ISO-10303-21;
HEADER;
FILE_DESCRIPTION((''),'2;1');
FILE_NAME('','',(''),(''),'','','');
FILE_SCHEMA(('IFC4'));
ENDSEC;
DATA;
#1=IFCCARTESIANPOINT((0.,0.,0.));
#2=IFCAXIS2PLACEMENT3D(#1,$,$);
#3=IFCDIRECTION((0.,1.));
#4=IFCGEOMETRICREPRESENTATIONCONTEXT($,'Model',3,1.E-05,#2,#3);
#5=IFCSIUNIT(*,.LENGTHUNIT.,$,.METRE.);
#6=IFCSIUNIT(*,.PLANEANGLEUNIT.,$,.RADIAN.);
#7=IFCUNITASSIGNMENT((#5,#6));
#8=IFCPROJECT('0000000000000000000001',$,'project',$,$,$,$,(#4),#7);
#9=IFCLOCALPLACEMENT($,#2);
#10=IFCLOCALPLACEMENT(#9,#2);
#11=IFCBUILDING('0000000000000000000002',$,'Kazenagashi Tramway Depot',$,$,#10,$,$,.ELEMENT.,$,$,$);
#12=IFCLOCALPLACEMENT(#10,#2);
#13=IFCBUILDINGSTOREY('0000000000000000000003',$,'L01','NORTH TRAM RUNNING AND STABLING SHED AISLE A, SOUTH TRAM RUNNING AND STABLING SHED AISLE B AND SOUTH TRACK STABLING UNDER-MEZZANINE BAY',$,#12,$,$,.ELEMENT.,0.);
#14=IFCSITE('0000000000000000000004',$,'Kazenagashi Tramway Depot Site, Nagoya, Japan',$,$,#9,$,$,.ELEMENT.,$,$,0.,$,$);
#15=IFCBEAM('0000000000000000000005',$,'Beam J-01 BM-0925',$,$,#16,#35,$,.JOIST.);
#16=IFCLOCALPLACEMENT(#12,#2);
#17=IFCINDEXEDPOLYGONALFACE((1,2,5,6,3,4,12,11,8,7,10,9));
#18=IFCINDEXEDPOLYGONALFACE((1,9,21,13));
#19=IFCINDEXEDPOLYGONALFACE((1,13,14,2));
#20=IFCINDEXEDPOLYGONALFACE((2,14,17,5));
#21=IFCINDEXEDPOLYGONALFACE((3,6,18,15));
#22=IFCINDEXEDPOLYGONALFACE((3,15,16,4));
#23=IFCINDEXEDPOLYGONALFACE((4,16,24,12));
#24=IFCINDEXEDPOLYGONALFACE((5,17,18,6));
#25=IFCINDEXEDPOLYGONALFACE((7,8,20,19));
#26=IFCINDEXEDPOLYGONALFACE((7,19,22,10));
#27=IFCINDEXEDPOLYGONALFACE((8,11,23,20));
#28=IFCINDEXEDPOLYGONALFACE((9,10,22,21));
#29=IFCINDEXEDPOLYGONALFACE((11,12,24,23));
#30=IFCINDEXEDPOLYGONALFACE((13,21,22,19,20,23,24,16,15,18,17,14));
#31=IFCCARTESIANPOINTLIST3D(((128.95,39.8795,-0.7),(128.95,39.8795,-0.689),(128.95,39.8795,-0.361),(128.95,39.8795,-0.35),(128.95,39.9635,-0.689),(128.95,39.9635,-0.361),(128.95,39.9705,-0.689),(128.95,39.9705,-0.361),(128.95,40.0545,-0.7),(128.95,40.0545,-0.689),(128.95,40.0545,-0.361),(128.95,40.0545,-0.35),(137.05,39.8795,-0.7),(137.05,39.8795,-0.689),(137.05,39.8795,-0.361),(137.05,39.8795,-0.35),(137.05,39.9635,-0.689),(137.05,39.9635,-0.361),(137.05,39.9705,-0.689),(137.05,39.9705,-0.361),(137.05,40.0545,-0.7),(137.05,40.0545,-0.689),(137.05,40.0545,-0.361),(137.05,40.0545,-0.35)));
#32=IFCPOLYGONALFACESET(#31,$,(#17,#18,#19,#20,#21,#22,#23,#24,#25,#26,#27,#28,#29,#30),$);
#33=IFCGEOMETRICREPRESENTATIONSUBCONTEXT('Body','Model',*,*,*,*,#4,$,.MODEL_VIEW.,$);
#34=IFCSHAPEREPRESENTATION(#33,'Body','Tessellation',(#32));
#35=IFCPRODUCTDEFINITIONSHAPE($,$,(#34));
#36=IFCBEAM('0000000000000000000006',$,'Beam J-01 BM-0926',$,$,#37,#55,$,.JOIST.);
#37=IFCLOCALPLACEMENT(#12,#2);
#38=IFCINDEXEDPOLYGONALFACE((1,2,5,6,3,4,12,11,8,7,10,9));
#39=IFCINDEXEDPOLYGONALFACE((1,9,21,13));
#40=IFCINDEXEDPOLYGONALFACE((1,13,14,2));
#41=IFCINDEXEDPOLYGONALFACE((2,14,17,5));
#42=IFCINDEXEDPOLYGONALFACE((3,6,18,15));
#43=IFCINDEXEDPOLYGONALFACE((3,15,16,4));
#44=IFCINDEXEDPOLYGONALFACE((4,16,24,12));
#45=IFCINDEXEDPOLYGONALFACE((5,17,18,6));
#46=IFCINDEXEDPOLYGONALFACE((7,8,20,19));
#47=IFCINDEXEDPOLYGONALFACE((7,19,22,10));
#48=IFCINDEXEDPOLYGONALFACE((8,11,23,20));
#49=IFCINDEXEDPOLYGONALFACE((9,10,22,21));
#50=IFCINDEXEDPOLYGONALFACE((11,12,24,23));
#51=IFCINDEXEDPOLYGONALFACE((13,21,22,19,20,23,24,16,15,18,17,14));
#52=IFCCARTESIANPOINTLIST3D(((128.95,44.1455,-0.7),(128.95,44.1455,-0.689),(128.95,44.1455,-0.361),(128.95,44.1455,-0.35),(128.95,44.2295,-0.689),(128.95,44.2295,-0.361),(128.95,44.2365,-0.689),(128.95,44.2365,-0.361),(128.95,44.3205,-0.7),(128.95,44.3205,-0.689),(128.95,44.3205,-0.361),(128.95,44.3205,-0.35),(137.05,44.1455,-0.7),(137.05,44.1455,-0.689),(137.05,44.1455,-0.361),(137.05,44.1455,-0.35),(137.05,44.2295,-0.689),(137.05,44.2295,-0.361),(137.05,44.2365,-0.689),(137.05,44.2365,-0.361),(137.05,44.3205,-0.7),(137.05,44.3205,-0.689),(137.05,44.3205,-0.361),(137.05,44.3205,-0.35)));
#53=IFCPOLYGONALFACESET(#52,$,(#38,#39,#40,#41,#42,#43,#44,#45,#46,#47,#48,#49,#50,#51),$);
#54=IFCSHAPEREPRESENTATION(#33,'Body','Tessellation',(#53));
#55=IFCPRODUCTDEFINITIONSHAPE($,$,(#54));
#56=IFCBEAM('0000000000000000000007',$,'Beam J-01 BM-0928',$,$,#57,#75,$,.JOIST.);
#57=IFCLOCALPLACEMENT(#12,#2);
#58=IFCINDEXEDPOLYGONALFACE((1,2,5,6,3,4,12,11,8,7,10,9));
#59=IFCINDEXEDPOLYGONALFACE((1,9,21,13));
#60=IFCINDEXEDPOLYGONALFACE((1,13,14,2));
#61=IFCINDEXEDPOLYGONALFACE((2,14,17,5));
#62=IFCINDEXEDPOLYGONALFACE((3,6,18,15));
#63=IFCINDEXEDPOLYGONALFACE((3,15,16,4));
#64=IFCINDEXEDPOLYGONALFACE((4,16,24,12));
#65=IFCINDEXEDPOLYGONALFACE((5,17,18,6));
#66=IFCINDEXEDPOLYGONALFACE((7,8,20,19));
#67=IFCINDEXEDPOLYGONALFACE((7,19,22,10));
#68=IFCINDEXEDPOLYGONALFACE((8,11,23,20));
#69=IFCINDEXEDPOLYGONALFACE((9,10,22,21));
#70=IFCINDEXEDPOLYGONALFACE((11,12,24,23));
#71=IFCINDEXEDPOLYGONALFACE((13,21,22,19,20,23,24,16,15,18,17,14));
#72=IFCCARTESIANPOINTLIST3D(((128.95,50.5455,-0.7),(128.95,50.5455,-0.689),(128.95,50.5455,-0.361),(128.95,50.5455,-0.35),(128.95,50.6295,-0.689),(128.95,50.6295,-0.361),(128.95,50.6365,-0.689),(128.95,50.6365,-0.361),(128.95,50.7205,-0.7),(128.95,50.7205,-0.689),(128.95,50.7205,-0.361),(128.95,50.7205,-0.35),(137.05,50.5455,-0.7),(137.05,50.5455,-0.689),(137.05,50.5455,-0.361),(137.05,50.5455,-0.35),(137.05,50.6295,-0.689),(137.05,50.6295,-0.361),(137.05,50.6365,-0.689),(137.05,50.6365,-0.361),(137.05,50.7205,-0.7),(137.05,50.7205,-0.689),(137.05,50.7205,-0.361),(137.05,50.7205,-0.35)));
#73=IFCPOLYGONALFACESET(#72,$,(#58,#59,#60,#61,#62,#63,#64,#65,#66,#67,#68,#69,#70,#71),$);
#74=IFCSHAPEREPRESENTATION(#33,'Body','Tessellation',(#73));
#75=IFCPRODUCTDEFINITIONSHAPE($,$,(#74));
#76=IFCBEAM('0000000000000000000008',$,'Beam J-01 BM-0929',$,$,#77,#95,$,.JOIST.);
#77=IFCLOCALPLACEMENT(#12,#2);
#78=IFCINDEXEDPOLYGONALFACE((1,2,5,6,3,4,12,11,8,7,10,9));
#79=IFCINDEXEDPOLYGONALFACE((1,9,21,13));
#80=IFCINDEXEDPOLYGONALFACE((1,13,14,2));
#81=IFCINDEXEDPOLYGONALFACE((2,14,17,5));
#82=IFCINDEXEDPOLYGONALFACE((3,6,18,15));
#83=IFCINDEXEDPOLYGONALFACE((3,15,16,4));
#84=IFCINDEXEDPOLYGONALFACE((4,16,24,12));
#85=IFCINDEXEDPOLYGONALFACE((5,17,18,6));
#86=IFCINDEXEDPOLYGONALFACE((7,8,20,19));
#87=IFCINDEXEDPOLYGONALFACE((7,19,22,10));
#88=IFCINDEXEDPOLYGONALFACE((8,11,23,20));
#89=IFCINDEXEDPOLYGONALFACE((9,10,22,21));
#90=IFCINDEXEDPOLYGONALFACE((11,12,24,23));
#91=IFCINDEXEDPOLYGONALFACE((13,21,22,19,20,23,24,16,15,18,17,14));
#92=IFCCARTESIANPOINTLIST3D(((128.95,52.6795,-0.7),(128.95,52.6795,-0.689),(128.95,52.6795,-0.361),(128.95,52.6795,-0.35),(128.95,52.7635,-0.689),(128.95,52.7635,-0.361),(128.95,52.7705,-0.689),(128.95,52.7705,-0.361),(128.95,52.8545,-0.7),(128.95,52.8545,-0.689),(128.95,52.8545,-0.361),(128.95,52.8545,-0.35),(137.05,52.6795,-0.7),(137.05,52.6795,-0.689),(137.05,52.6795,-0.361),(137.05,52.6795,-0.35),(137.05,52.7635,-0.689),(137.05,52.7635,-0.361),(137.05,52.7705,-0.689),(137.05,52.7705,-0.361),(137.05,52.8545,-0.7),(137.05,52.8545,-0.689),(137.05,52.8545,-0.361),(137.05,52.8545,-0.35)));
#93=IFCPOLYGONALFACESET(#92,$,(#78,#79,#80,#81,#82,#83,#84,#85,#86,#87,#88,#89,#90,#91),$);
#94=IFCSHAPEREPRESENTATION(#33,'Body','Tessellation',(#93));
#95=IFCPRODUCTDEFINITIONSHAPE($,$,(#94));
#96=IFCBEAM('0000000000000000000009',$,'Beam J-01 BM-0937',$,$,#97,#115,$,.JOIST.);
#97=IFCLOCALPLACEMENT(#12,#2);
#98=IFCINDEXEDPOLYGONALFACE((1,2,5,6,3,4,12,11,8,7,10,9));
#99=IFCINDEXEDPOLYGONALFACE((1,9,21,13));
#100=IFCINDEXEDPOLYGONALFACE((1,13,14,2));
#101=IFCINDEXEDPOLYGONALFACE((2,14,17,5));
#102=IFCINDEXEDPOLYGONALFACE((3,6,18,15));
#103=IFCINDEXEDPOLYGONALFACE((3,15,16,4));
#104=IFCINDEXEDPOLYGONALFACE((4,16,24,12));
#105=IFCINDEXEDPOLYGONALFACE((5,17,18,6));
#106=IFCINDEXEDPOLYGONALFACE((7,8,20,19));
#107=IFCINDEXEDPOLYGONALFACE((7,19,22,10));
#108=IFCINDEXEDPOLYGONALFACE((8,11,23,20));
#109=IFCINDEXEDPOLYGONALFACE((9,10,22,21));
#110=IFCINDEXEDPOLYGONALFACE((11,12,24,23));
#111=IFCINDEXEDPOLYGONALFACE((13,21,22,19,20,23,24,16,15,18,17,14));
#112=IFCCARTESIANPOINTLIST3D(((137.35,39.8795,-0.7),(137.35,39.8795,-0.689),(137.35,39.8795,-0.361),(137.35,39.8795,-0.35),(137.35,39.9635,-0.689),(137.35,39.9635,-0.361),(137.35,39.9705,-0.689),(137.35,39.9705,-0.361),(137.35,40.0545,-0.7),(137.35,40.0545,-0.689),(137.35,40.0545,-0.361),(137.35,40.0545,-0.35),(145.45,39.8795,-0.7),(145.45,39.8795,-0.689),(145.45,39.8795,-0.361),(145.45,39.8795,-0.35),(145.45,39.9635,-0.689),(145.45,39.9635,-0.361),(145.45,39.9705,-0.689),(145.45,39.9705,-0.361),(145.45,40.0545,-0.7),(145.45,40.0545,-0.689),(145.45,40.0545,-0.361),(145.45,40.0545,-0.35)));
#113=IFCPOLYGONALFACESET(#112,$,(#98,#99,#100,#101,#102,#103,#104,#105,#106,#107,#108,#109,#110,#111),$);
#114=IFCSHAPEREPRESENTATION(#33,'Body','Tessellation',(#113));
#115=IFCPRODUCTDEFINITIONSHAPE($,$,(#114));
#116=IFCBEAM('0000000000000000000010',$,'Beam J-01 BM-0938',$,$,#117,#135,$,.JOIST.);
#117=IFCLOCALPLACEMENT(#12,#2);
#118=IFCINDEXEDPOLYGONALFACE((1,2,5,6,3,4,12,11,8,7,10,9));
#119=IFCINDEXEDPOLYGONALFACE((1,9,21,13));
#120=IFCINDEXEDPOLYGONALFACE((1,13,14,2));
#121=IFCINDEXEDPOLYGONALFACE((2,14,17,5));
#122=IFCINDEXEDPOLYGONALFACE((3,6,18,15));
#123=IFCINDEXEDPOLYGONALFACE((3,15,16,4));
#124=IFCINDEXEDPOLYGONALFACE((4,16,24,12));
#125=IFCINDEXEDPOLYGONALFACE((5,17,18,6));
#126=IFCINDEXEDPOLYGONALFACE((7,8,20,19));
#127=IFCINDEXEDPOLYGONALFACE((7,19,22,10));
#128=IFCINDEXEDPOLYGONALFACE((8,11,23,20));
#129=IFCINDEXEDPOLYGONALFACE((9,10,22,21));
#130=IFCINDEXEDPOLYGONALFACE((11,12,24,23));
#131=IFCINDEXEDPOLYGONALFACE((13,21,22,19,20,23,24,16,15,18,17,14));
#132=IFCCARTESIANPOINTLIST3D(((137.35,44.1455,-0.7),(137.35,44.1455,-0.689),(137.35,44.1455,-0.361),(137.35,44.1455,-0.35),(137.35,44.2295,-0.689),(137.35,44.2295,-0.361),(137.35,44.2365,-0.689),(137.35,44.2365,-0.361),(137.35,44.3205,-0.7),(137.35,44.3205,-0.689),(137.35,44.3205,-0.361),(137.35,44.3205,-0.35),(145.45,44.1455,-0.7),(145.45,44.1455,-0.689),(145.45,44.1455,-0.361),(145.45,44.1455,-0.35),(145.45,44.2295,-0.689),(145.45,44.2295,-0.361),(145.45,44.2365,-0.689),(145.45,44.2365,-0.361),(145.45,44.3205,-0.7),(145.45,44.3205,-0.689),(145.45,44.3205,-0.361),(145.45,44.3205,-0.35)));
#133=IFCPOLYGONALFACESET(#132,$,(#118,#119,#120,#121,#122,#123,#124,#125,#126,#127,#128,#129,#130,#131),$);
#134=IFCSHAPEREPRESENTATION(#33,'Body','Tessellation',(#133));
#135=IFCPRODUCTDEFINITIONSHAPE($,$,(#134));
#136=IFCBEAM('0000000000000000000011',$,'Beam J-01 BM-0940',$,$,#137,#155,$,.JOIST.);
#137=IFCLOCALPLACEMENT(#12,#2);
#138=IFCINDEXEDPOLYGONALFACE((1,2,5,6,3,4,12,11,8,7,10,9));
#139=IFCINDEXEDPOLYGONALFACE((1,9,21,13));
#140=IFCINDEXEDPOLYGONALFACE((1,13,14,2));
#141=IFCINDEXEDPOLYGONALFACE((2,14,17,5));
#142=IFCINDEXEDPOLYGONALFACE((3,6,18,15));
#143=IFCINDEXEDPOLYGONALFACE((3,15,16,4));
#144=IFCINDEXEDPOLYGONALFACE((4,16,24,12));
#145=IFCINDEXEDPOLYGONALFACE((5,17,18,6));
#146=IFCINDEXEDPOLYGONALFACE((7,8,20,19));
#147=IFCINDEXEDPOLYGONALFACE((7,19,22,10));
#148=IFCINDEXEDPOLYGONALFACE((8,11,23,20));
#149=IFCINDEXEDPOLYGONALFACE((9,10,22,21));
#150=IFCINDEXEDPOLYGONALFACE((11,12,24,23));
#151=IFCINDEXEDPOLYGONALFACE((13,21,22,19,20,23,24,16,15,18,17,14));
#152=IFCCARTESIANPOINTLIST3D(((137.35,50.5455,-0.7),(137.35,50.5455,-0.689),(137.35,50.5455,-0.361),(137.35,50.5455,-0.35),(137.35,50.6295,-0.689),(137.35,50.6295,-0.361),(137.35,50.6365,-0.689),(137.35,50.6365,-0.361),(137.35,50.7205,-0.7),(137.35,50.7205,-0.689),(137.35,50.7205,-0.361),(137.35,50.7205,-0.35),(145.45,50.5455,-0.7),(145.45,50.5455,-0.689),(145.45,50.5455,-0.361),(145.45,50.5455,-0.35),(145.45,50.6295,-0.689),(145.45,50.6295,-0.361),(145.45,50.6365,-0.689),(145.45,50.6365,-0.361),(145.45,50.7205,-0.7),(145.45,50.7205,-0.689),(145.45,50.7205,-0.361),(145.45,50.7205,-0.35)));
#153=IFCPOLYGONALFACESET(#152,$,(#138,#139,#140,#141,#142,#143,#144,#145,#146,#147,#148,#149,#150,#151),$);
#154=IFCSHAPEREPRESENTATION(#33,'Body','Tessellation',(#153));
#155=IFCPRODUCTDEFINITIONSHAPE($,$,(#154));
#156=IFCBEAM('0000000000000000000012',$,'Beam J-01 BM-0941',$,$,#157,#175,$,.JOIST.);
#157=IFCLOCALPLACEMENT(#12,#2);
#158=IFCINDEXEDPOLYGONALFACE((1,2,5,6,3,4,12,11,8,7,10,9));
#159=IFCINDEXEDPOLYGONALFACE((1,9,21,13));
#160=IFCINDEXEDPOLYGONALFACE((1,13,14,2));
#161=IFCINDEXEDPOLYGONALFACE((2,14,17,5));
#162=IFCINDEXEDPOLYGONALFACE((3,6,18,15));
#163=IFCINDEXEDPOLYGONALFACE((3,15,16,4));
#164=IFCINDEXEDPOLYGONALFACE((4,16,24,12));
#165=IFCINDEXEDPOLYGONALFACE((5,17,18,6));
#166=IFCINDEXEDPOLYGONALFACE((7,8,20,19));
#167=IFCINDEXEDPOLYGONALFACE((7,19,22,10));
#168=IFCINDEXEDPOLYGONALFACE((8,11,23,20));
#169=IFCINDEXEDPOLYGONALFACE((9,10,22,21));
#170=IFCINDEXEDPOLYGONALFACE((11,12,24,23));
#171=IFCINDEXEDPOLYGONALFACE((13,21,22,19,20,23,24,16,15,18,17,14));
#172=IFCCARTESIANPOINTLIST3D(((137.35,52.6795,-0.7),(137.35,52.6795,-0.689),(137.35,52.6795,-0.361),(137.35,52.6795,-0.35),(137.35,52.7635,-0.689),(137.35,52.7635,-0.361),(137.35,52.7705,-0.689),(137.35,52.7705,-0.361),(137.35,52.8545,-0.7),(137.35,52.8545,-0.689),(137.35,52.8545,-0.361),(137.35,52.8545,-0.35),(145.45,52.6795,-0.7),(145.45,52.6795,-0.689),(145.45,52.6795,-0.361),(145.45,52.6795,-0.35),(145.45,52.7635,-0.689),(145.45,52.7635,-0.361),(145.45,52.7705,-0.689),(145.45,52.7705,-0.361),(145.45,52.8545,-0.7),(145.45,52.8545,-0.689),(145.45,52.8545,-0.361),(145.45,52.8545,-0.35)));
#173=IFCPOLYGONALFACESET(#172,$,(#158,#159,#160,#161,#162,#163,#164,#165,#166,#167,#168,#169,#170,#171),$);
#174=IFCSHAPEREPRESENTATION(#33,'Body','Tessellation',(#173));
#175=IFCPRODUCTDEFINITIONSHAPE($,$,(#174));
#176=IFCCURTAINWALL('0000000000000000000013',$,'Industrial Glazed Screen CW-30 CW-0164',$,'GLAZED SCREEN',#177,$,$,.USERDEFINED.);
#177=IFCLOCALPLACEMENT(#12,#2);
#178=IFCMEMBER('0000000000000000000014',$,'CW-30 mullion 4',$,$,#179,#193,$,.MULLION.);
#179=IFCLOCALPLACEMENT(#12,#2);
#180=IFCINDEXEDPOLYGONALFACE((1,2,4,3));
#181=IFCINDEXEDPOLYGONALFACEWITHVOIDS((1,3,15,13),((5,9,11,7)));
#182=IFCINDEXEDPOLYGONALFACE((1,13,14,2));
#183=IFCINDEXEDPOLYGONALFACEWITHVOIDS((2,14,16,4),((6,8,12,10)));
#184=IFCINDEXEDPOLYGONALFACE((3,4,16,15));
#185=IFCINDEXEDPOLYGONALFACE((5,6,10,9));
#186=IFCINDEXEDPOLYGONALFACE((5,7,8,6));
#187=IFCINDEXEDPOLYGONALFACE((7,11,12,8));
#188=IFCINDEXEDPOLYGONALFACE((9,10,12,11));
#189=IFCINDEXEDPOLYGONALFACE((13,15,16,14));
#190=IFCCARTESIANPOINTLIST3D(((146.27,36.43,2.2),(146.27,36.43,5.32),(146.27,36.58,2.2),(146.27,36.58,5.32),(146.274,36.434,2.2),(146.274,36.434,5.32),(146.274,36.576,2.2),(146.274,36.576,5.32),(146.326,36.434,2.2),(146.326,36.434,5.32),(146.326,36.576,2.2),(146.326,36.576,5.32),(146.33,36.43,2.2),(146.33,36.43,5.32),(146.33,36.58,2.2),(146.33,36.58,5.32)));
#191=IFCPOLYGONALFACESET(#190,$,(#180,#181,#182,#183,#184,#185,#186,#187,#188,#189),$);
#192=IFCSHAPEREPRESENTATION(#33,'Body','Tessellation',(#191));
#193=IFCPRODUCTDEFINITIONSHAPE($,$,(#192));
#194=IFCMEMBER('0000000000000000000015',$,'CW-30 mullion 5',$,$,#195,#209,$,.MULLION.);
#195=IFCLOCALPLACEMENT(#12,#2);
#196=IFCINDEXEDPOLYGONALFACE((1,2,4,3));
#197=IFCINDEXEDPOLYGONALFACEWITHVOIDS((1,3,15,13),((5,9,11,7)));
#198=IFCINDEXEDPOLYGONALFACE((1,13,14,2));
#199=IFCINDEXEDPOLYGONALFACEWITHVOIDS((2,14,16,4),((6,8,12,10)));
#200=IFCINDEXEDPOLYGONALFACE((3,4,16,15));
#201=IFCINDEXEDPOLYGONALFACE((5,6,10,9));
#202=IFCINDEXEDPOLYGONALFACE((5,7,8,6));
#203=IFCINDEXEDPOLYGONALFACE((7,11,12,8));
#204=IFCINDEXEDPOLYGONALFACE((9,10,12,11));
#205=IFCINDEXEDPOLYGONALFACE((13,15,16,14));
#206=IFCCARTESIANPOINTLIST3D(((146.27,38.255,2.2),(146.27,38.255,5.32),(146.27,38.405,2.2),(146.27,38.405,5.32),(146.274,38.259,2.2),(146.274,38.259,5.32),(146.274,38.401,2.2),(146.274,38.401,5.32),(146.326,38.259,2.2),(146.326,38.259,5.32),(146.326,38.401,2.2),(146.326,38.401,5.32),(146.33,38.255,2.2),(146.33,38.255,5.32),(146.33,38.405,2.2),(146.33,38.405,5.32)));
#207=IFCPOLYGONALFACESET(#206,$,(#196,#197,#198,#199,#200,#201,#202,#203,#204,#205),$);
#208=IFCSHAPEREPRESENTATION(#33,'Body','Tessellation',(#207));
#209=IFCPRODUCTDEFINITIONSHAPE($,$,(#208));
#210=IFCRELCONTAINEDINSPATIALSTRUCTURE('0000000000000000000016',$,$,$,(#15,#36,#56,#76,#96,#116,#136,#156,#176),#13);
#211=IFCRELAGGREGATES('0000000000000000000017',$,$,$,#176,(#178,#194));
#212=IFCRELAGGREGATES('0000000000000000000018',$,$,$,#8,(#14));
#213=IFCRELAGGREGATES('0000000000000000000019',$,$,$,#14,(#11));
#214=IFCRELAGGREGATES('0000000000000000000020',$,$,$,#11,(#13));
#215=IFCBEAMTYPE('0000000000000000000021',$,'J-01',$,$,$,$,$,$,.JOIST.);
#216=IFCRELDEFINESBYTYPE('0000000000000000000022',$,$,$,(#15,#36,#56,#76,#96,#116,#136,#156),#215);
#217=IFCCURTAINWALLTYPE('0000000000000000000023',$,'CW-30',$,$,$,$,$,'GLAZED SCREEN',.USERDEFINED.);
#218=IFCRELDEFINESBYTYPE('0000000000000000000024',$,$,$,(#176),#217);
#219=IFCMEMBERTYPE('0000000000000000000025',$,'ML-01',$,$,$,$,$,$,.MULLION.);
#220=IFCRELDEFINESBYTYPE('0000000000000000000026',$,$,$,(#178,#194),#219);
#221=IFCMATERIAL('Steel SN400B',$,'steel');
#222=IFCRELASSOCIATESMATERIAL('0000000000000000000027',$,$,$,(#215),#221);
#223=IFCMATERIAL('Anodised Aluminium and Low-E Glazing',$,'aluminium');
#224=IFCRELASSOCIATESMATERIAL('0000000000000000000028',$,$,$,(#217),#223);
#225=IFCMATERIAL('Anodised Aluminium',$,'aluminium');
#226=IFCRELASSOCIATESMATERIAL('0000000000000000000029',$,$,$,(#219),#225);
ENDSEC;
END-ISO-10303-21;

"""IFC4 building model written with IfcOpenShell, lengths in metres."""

from ifc_helpers import new_model, si_unit, direction, frame, origin, origin_2d, place, context, subcontext, project, spatial, hollow_rectangle, i_section, extrude, material, material_profile, profile_set, type_object, element, aggregate, save


model = new_model("IFC4")

# Units and contexts
model_context = context("Model", 3, precision=1e-05, world=origin(), true_north=direction((0.0, 1.0)))
body_context = subcontext(model_context, "Body", "Model", "MODEL_VIEW")
ifc_project = project(units=[si_unit("LENGTHUNIT", "METRE"), si_unit("PLANEANGLEUNIT", "RADIAN")], contexts=[model_context])

# Site, building, storey
site_placement = place(None, origin())
site = spatial("IfcSite", under=ifc_project, at=site_placement, Name="Kazenagashi Tramway Depot Site, Nagoya, Japan", CompositionType="ELEMENT", RefElevation=0.0)
building_placement = place(site_placement, origin())
building = spatial("IfcBuilding", under=site, at=building_placement, Name="Kazenagashi Tramway Depot", CompositionType="ELEMENT")
storey_placement = place(building_placement, origin())
storey = spatial("IfcBuildingStorey", under=building, at=storey_placement, Name="L01", Description="NORTH TRAM RUNNING AND STABLING SHED AISLE A, SOUTH TRAM RUNNING AND STABLING SHED AISLE B AND SOUTH TRACK STABLING UNDER-MEZZANINE BAY", CompositionType="ELEMENT", Elevation=0.0)

# Beams
ifc_material_1 = material(Name="Steel SN400B", Category="steel")
ifc_material_profile_1 = material_profile(ifc_material_1, i_section(OverallWidth=0.175, OverallDepth=0.35, WebThickness=0.007, FlangeThickness=0.011, at=origin_2d()), Name="H-350x175x7x11")
ifc_profile_set_1 = profile_set([ifc_material_profile_1], Name="Steel SN400B")
beam_type_1 = type_object("IfcBeamType", Name="J-01", PredefinedType="JOIST", material=ifc_profile_set_1)
for number, where, z_axis, x_axis, name in (
    (1, (128.95, 39.967, -0.525), (1.0, 0.0, 0.0), (0.0, 1.0, 0.0), "Beam J-01 BM-0925"),
    (2, (128.95, 44.233, -0.525), (1.0, 0.0, 0.0), (0.0, 1.0, 0.0), "Beam J-01 BM-0926"),
    (3, (128.95, 50.633, -0.525), (1.0, 0.0, 0.0), (0.0, 1.0, 0.0), "Beam J-01 BM-0928"),
    (4, (128.95, 52.767, -0.525), (1.0, 0.0, 0.0), (0.0, 1.0, 0.0), "Beam J-01 BM-0929"),
    (5, (137.35, 39.967, -0.525), (1.0, 0.0, 0.0), (0.0, 1.0, 0.0), "Beam J-01 BM-0937"),
    (6, (137.35, 44.233, -0.525), (1.0, 0.0, 0.0), (0.0, 1.0, 0.0), "Beam J-01 BM-0938"),
    (7, (137.35, 50.633, -0.525), (1.0, 0.0, 0.0), (0.0, 1.0, 0.0), "Beam J-01 BM-0940"),
    (8, (137.35, 52.767, -0.525), (1.0, 0.0, 0.0), (0.0, 1.0, 0.0), "Beam J-01 BM-0941"),
):
    element("IfcBeam", number, at=place(storey_placement, frame(where, z_axis=z_axis, x_axis=x_axis)), inside=storey, type_object=beam_type_1, Name=name, PredefinedType="JOIST", context=body_context, shape_type="SweptSolid", body=[
        extrude(i_section(OverallWidth=0.175, OverallDepth=0.35, WebThickness=0.007, FlangeThickness=0.011, at=origin_2d()), origin(), (0.0, 0.0, 1.0), 8.1),
    ])

# Curtain wall, members
ifc_material_2 = material(Name="Anodised Aluminium and Low-E Glazing", Category="aluminium")
curtain_wall_type = type_object("IfcCurtainWallType", Name="CW-30", ElementType="GLAZED SCREEN", PredefinedType="USERDEFINED", material=ifc_material_2)
curtain_wall_placement = place(storey_placement, origin())
curtain_wall = element("IfcCurtainWall", 9, at=curtain_wall_placement, inside=storey, type_object=curtain_wall_type, Name="Industrial Glazed Screen CW-30 CW-0164", ObjectType="GLAZED SCREEN", PredefinedType="USERDEFINED")
ifc_material_3 = material(Name="Anodised Aluminium", Category="aluminium")
ifc_material_profile_2 = material_profile(ifc_material_3, hollow_rectangle(XDim=0.06, YDim=0.15, WallThickness=0.004, at=origin_2d()), Name="RHS-150x60x4")
ifc_profile_set_2 = profile_set([ifc_material_profile_2], Name="Anodised Aluminium")
member_type_1 = type_object("IfcMemberType", Name="ML-01", PredefinedType="MULLION", material=ifc_profile_set_2)
member_1_placement = place(storey_placement, frame((146.3, 36.505, 2.2), z_axis=(0.0, 0.0, 1.0), x_axis=(-1.0, 0.0, 0.0)))
member_1 = element("IfcMember", 10, at=member_1_placement, type_object=member_type_1, Name="CW-30 mullion 4", PredefinedType="MULLION", context=body_context, shape_type="SweptSolid", body=[
    extrude(hollow_rectangle(XDim=0.06, YDim=0.15, WallThickness=0.004, at=origin_2d()), origin(), (0.0, 0.0, 1.0), 3.12),
])
member_2_placement = place(storey_placement, frame((146.3, 38.33, 2.2), z_axis=(0.0, 0.0, 1.0), x_axis=(-1.0, 0.0, 0.0)))
member_2 = element("IfcMember", 11, at=member_2_placement, type_object=member_type_1, Name="CW-30 mullion 5", PredefinedType="MULLION", context=body_context, shape_type="SweptSolid", body=[
    extrude(hollow_rectangle(XDim=0.06, YDim=0.15, WallThickness=0.004, at=origin_2d()), origin(), (0.0, 0.0, 1.0), 3.12),
])

aggregate(curtain_wall, [member_1, member_2])

save(model, "model.ifc")
